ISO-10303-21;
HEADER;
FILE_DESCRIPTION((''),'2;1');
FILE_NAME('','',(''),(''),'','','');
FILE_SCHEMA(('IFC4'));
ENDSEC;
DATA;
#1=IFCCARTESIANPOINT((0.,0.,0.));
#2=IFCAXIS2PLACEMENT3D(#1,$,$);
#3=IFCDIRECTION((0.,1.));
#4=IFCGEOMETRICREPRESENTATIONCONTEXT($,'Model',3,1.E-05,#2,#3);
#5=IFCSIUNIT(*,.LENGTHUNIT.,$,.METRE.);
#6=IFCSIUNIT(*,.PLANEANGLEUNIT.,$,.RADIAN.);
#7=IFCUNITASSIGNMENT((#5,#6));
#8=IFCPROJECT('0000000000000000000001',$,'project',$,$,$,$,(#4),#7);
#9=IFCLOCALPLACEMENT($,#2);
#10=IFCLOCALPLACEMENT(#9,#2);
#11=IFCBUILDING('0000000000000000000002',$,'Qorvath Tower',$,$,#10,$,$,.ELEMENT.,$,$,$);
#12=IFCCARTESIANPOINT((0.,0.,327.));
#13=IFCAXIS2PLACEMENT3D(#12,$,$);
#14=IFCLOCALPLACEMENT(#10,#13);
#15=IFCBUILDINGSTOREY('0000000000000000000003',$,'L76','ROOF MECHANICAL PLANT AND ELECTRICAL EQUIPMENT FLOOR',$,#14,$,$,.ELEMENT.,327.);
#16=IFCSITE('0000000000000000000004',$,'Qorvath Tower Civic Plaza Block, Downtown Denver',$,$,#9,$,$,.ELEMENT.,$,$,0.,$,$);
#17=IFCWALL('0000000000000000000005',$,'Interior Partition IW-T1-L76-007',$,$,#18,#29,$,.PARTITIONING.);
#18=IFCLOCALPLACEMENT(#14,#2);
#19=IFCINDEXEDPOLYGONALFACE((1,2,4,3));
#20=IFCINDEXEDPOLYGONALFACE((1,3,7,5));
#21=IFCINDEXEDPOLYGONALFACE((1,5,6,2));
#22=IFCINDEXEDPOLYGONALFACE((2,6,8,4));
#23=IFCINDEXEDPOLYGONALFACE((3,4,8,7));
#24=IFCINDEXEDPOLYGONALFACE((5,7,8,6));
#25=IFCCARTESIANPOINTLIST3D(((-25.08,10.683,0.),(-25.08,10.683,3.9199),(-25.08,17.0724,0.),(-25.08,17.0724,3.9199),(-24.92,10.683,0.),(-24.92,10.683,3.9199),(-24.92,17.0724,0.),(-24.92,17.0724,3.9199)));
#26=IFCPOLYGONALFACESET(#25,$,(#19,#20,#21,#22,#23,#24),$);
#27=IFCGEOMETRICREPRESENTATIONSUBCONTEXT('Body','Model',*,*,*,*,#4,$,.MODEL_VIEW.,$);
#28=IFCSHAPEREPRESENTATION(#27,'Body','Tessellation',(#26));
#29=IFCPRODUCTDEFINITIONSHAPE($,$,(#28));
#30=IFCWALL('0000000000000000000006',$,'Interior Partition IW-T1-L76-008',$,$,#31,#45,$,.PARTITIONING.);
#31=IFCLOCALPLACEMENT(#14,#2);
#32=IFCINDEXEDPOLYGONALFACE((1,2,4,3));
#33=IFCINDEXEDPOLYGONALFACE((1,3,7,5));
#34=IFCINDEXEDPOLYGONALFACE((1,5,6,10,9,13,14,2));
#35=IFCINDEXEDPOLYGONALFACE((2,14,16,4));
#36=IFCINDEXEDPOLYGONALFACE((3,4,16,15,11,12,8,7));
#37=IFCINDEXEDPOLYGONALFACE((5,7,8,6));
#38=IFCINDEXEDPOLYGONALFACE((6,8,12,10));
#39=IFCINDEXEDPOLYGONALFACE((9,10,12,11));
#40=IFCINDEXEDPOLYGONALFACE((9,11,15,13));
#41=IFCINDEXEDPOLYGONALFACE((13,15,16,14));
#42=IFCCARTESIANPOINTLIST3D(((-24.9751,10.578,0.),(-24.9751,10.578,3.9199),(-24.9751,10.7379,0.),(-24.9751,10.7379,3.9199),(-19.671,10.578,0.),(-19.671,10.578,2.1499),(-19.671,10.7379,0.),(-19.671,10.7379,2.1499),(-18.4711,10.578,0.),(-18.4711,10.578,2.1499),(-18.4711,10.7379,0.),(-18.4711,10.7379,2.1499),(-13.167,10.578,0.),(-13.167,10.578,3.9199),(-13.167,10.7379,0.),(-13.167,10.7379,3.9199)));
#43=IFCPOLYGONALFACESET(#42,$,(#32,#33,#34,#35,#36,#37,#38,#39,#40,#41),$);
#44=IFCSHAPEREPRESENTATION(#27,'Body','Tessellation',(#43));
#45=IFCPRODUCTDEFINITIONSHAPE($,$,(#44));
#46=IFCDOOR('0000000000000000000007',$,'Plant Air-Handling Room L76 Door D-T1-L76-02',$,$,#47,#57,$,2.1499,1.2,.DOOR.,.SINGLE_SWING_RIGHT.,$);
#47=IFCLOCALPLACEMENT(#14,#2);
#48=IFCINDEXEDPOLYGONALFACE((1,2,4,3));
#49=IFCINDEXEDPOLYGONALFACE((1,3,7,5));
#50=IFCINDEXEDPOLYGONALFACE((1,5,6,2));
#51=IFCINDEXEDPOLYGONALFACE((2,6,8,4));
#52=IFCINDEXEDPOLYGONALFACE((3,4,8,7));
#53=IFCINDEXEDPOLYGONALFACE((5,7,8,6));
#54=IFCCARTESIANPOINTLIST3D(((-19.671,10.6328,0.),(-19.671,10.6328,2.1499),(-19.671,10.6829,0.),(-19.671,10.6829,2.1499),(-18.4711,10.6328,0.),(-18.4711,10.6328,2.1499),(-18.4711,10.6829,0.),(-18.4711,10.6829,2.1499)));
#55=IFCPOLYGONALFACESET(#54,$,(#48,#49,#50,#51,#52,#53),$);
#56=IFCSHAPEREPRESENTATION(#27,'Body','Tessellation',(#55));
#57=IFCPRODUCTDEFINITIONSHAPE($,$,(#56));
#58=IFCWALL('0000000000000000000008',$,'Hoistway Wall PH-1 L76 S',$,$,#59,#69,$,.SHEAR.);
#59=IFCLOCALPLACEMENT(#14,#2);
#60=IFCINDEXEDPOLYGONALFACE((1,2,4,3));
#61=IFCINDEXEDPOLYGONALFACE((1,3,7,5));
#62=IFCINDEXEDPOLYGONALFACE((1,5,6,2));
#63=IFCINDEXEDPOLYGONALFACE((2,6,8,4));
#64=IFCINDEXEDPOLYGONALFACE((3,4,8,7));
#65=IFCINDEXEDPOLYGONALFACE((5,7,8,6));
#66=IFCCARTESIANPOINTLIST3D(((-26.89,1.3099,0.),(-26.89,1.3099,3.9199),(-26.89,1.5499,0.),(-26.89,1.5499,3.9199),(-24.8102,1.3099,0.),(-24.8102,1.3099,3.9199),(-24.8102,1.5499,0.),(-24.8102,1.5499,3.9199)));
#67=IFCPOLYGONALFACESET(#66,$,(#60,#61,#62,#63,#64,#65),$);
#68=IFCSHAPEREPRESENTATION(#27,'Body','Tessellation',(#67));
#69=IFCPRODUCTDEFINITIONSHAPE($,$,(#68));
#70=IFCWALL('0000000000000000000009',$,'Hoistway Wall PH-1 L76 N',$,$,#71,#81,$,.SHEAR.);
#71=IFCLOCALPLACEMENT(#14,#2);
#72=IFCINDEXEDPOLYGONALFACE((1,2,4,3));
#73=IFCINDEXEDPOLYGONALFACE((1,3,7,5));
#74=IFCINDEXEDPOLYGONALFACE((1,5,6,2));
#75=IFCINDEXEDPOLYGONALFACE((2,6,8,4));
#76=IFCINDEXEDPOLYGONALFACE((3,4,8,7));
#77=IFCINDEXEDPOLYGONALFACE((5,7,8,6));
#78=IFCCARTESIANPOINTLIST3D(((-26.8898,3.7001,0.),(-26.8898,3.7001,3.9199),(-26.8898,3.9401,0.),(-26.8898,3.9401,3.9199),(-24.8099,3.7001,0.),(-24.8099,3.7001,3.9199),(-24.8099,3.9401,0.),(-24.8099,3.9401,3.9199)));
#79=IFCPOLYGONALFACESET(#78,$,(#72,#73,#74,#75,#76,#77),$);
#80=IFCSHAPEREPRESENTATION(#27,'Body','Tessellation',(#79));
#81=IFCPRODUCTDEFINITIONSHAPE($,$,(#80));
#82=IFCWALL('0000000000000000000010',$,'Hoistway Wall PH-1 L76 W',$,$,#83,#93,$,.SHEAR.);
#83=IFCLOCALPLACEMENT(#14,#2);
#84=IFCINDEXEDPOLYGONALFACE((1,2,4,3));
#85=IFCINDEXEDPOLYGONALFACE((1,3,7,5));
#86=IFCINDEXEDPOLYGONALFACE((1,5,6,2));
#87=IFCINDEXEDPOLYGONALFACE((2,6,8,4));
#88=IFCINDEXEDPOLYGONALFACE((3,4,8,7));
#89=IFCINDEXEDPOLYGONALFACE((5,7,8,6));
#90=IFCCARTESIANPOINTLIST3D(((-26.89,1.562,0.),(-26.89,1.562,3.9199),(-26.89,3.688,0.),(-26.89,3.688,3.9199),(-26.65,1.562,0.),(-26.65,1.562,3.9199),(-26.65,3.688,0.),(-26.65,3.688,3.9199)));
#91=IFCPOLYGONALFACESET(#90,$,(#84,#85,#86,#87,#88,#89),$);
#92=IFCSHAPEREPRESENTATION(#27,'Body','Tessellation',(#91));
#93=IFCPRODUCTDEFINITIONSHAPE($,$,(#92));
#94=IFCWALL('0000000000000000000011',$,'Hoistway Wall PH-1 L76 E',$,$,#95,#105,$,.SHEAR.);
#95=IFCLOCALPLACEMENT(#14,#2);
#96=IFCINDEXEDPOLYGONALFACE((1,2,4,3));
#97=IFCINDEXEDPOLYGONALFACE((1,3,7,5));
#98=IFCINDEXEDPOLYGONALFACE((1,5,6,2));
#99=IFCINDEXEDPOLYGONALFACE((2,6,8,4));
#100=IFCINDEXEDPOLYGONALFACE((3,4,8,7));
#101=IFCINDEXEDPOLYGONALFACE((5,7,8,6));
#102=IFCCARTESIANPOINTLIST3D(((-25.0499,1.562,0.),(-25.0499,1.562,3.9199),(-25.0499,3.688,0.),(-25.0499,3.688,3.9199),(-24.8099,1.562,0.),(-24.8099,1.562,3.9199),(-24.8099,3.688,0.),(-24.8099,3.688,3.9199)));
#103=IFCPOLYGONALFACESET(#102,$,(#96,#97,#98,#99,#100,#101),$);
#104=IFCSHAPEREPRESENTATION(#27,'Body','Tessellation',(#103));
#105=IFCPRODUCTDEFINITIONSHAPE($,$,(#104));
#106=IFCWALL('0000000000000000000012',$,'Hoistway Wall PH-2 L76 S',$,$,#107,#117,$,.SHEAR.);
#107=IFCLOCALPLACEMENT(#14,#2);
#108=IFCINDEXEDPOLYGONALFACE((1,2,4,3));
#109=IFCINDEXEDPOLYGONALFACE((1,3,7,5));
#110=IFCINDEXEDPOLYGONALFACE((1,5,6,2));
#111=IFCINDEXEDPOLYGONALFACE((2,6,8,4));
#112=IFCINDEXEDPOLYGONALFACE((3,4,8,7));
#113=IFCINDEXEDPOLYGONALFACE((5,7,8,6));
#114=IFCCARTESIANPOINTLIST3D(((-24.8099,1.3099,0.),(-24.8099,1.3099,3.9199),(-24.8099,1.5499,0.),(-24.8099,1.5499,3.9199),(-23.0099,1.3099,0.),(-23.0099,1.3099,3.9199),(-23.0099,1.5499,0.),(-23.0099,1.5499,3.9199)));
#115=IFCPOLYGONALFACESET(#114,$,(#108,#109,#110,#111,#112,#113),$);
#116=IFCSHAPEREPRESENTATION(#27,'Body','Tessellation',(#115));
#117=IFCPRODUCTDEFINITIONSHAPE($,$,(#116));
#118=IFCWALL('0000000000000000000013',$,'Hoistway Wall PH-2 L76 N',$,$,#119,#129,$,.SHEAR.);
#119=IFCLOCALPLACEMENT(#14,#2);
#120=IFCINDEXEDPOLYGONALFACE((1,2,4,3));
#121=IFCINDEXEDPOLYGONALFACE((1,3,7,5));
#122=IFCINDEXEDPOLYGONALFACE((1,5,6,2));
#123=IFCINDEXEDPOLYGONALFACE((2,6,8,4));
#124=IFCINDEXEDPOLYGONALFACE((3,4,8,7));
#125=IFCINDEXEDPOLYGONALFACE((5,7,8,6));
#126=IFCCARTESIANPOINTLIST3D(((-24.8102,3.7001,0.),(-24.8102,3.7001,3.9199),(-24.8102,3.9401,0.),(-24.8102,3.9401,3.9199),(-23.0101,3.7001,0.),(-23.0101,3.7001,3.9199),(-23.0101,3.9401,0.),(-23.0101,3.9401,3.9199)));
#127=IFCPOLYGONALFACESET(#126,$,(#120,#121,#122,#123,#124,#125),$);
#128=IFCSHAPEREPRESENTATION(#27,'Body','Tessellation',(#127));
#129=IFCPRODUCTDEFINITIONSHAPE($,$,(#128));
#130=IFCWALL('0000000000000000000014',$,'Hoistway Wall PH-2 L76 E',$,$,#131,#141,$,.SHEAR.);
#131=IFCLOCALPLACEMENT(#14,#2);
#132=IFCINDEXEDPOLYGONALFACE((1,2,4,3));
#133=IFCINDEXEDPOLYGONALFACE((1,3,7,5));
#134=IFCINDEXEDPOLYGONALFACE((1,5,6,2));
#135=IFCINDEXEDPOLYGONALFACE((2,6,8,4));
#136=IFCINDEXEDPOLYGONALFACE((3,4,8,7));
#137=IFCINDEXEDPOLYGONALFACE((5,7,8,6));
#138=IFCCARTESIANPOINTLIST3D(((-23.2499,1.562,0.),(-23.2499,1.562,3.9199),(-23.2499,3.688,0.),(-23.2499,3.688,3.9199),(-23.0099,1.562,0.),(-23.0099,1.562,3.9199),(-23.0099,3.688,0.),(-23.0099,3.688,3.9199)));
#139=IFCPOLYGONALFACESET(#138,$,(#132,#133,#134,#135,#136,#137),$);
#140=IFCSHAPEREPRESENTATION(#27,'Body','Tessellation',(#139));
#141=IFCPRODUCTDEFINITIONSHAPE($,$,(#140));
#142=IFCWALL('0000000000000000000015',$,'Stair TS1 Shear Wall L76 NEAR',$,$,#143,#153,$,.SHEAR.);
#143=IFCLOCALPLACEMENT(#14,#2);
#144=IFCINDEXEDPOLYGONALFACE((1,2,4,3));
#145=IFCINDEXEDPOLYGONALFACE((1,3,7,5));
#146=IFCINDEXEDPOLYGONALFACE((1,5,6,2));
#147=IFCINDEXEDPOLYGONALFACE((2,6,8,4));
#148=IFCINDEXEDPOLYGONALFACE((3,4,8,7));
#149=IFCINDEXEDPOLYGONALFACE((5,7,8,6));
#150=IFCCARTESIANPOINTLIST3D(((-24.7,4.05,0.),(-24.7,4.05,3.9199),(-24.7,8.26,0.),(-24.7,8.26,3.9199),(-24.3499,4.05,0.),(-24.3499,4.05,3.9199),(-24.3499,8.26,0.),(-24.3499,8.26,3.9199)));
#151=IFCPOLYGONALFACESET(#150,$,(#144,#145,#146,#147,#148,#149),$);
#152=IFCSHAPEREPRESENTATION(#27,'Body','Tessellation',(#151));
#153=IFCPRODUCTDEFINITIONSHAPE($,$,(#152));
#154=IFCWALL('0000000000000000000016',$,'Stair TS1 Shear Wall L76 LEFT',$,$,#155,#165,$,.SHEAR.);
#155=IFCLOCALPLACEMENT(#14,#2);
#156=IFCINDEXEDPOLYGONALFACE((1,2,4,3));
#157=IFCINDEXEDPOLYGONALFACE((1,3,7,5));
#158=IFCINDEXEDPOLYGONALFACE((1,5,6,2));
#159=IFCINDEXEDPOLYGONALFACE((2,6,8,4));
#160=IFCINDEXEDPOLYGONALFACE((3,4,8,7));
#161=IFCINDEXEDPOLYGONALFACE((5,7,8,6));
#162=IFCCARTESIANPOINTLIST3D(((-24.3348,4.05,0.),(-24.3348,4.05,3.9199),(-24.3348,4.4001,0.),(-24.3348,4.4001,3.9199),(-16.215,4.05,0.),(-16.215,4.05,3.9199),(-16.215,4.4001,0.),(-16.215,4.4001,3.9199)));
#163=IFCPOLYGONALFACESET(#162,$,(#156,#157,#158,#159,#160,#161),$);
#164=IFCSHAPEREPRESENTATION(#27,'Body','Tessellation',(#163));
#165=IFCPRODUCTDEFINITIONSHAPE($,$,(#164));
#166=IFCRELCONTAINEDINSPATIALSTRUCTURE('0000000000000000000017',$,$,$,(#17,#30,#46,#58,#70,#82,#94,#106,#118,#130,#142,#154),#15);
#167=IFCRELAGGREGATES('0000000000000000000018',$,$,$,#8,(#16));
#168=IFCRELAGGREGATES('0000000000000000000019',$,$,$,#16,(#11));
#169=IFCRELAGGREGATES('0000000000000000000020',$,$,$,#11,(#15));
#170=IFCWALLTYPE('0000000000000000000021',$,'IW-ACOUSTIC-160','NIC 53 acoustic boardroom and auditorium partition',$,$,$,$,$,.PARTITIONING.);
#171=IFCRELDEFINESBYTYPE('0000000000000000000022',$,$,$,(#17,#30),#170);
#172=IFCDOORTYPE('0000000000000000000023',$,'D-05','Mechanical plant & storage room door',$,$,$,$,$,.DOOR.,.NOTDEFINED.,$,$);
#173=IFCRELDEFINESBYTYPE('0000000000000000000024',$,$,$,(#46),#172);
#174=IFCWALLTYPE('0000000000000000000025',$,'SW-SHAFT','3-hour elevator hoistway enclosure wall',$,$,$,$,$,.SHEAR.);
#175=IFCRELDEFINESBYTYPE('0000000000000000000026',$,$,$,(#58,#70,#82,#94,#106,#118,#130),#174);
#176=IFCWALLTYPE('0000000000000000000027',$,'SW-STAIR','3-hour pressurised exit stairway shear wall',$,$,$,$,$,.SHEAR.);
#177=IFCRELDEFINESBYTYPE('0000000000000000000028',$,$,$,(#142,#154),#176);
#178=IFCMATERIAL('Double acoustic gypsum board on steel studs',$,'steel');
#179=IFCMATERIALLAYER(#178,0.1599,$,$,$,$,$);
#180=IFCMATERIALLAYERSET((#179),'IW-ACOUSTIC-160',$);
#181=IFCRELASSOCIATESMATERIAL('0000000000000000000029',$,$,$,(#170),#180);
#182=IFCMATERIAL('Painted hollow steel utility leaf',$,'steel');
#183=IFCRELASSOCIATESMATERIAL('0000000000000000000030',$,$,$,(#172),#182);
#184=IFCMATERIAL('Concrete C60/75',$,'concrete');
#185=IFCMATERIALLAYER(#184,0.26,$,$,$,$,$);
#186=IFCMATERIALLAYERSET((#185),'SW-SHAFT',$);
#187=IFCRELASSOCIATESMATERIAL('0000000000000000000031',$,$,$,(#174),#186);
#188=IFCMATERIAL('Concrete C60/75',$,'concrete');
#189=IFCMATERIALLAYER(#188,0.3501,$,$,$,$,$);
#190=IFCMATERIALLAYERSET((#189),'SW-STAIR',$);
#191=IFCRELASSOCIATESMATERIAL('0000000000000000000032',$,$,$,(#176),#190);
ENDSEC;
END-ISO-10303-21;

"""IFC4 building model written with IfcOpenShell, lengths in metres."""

from ifc_helpers import new_model, si_unit, direction, frame, frame_2d, origin, place, context, subcontext, project, spatial, rectangle, extrude, material, layer, layer_set, type_object, element, fill, save


model = new_model("IFC4")

# Units and contexts
model_context = context("Model", 3, precision=1e-05, world=origin(), true_north=direction((0.0, 1.0)))
body_context = subcontext(model_context, "Body", "Model", "MODEL_VIEW")
ifc_project = project(units=[si_unit("LENGTHUNIT", "METRE"), si_unit("PLANEANGLEUNIT", "RADIAN")], contexts=[model_context])

# Site, building, storey
site_placement = place(None, origin())
site = spatial("IfcSite", under=ifc_project, at=site_placement, Name="Qorvath Tower Civic Plaza Block, Downtown Denver", CompositionType="ELEMENT", RefElevation=0.0)
building_placement = place(site_placement, origin())
building = spatial("IfcBuilding", under=site, at=building_placement, Name="Qorvath Tower", CompositionType="ELEMENT")
storey_placement = place(building_placement, frame((0.0, 0.0, 327.0)))
storey = spatial("IfcBuildingStorey", under=building, at=storey_placement, Name="L76", Description="ROOF MECHANICAL PLANT AND ELECTRICAL EQUIPMENT FLOOR", CompositionType="ELEMENT", Elevation=327.0)

# Wall
ifc_material_1 = material(Name="Double acoustic gypsum board on steel studs", Category="steel")
ifc_layer_1 = layer(ifc_material_1, 0.1599)
ifc_layer_set_1 = layer_set([ifc_layer_1], Name="IW-ACOUSTIC-160")
wall_type_1 = type_object("IfcWallType", Name="IW-ACOUSTIC-160", Description="NIC 53 acoustic boardroom and auditorium partition", PredefinedType="PARTITIONING", material=ifc_layer_set_1)
wall_1_placement = place(storey_placement, frame((-25.0, 17.0725, 0.0), z_axis=(0.0, 0.0, 1.0), x_axis=(0.0, -1.0, 0.0)))
element("IfcWall", 1, at=wall_1_placement, inside=storey, type_object=wall_type_1, Name="Interior Partition IW-T1-L76-007", PredefinedType="PARTITIONING", context=body_context, shape_type="SweptSolid", body=[
    extrude(rectangle(XDim=6.3894, YDim=0.1599, at=frame_2d((3.1948, 0.0))), origin(), (0.0, 0.0, 1.0), 3.9199),
])

# Wall, opening, door
wall_2_placement = place(storey_placement, frame((-24.9751, 10.658, 0.0), z_axis=(0.0, 0.0, 1.0), x_axis=(1.0, 0.0, 0.0)))
wall_2 = element("IfcWall", 2, at=wall_2_placement, inside=storey, type_object=wall_type_1, Name="Interior Partition IW-T1-L76-008", PredefinedType="PARTITIONING", context=body_context, shape_type="SweptSolid", body=[
    extrude(rectangle(XDim=11.8081, YDim=0.1599, at=frame_2d((5.9041, 0.0))), origin(), (0.0, 0.0, 1.0), 3.9199),
])
opening_1_placement = place(wall_2_placement, frame((5.304, 0.0, 0.0)))
opening_1 = element("IfcOpeningElement", 3, at=opening_1_placement, cuts=wall_2, PredefinedType="OPENING", context=body_context, shape_type="SweptSolid", body=[
    extrude(rectangle(XDim=1.2, YDim=2.1499, at=frame_2d((0.6001, 1.075))), frame((0.0, 0.0898, 0.0), z_axis=(0.0, -1.0, 0.0), x_axis=(1.0, 0.0, 0.0)), (0.0, 0.0, 1.0), 0.1799),
])
ifc_material_2 = material(Name="Painted hollow steel utility leaf", Category="steel")
door_type_1 = type_object("IfcDoorType", Name="D-05", Description="Mechanical plant & storage room door", OperationType="NOTDEFINED", PredefinedType="DOOR", material=ifc_material_2)
door_1_placement = place(opening_1_placement, origin())
door_1 = element("IfcDoor", 4, at=door_1_placement, inside=storey, type_object=door_type_1, Name="Plant Air-Handling Room L76 Door D-T1-L76-02", OperationType="SINGLE_SWING_RIGHT", OverallHeight=2.1499, OverallWidth=1.2, PredefinedType="DOOR", context=body_context, shape_type="SweptSolid", body=[
    extrude(rectangle(XDim=1.2, YDim=2.1499, at=frame_2d((0.6001, 1.075))), frame((0.0, 0.0249, 0.0), z_axis=(0.0, -1.0, 0.0), x_axis=(1.0, 0.0, 0.0)), (0.0, 0.0, 1.0), 0.05),
])
fill(opening_1, door_1)

# Walls
ifc_material_3 = material(Name="Concrete C60/75", Category="concrete")
ifc_layer_2 = layer(ifc_material_3, 0.26)
ifc_layer_set_2 = layer_set([ifc_layer_2], Name="SW-SHAFT")
wall_type_2 = type_object("IfcWallType", Name="SW-SHAFT", Description="3-hour elevator hoistway enclosure wall", PredefinedType="SHEAR", material=ifc_layer_set_2)
for number, where, z_axis, x_axis, name in (
    (5, (-24.8101, 1.4299, 0.0), (0.0, 0.0, 1.0), (-1.0, 0.0, 0.0), "Hoistway Wall PH-1 L76 S"),
    (6, (-26.8899, 3.8201, 0.0), (0.0, 0.0, 1.0), (1.0, 0.0, 0.0), "Hoistway Wall PH-1 L76 N"),
):
    element("IfcWall", number, at=place(storey_placement, frame(where, z_axis=z_axis, x_axis=x_axis)), inside=storey, type_object=wall_type_2, Name=name, PredefinedType="SHEAR", context=body_context, shape_type="SweptSolid", body=[
        extrude(rectangle(XDim=2.0798, YDim=0.24, at=frame_2d((1.04, 0.0))), origin(), (0.0, 0.0, 1.0), 3.9199),
    ])
for number, where, z_axis, x_axis, name in (
    (7, (-26.77, 1.562, 0.0), (0.0, 0.0, 1.0), (0.0, 1.0, 0.0), "Hoistway Wall PH-1 L76 W"),
    (8, (-24.9299, 3.688, 0.0), (0.0, 0.0, 1.0), (0.0, -1.0, 0.0), "Hoistway Wall PH-1 L76 E"),
):
    element("IfcWall", number, at=place(storey_placement, frame(where, z_axis=z_axis, x_axis=x_axis)), inside=storey, type_object=wall_type_2, Name=name, PredefinedType="SHEAR", context=body_context, shape_type="SweptSolid", body=[
        extrude(rectangle(XDim=2.126, YDim=0.24, at=frame_2d((1.063, 0.0))), origin(), (0.0, 0.0, 1.0), 3.9199),
    ])
for number, where, z_axis, x_axis, name in (
    (9, (-23.01, 1.4299, 0.0), (0.0, 0.0, 1.0), (-1.0, 0.0, 0.0), "Hoistway Wall PH-2 L76 S"),
    (10, (-24.8101, 3.8201, 0.0), (0.0, 0.0, 1.0), (1.0, 0.0, 0.0), "Hoistway Wall PH-2 L76 N"),
):
    element("IfcWall", number, at=place(storey_placement, frame(where, z_axis=z_axis, x_axis=x_axis)), inside=storey, type_object=wall_type_2, Name=name, PredefinedType="SHEAR", context=body_context, shape_type="SweptSolid", body=[
        extrude(rectangle(XDim=1.8, YDim=0.24, at=frame_2d((0.8999, 0.0))), origin(), (0.0, 0.0, 1.0), 3.9199),
    ])
wall_3_placement = place(storey_placement, frame((-23.1299, 3.688, 0.0), z_axis=(0.0, 0.0, 1.0), x_axis=(0.0, -1.0, 0.0)))
element("IfcWall", 11, at=wall_3_placement, inside=storey, type_object=wall_type_2, Name="Hoistway Wall PH-2 L76 E", PredefinedType="SHEAR", context=body_context, shape_type="SweptSolid", body=[
    extrude(rectangle(XDim=2.126, YDim=0.24, at=frame_2d((1.063, 0.0))), origin(), (0.0, 0.0, 1.0), 3.9199),
])
ifc_material_4 = material(Name="Concrete C60/75", Category="concrete")
ifc_layer_3 = layer(ifc_material_4, 0.3501)
ifc_layer_set_3 = layer_set([ifc_layer_3], Name="SW-STAIR")
wall_type_3 = type_object("IfcWallType", Name="SW-STAIR", Description="3-hour pressurised exit stairway shear wall", PredefinedType="SHEAR", material=ifc_layer_set_3)
wall_4_placement = place(storey_placement, frame((-24.5249, 8.26, 0.0), z_axis=(0.0, 0.0, 1.0), x_axis=(0.0, -1.0, 0.0)))
element("IfcWall", 12, at=wall_4_placement, inside=storey, type_object=wall_type_3, Name="Stair TS1 Shear Wall L76 NEAR", PredefinedType="SHEAR", context=body_context, shape_type="SweptSolid", body=[
    extrude(rectangle(XDim=4.21, YDim=0.3501, at=frame_2d((2.105, 0.0))), origin(), (0.0, 0.0, 1.0), 3.9199),
])
wall_5_placement = place(storey_placement, frame((-24.335, 4.2251, 0.0), z_axis=(0.0, 0.0, 1.0), x_axis=(1.0, 0.0, 0.0)))
element("IfcWall", 13, at=wall_5_placement, inside=storey, type_object=wall_type_3, Name="Stair TS1 Shear Wall L76 LEFT", PredefinedType="SHEAR", context=body_context, shape_type="SweptSolid", body=[
    extrude(rectangle(XDim=8.1199, YDim=0.3501, at=frame_2d((4.0601, 0.0))), origin(), (0.0, 0.0, 1.0), 3.9199),
])

save(model, "model.ifc")
